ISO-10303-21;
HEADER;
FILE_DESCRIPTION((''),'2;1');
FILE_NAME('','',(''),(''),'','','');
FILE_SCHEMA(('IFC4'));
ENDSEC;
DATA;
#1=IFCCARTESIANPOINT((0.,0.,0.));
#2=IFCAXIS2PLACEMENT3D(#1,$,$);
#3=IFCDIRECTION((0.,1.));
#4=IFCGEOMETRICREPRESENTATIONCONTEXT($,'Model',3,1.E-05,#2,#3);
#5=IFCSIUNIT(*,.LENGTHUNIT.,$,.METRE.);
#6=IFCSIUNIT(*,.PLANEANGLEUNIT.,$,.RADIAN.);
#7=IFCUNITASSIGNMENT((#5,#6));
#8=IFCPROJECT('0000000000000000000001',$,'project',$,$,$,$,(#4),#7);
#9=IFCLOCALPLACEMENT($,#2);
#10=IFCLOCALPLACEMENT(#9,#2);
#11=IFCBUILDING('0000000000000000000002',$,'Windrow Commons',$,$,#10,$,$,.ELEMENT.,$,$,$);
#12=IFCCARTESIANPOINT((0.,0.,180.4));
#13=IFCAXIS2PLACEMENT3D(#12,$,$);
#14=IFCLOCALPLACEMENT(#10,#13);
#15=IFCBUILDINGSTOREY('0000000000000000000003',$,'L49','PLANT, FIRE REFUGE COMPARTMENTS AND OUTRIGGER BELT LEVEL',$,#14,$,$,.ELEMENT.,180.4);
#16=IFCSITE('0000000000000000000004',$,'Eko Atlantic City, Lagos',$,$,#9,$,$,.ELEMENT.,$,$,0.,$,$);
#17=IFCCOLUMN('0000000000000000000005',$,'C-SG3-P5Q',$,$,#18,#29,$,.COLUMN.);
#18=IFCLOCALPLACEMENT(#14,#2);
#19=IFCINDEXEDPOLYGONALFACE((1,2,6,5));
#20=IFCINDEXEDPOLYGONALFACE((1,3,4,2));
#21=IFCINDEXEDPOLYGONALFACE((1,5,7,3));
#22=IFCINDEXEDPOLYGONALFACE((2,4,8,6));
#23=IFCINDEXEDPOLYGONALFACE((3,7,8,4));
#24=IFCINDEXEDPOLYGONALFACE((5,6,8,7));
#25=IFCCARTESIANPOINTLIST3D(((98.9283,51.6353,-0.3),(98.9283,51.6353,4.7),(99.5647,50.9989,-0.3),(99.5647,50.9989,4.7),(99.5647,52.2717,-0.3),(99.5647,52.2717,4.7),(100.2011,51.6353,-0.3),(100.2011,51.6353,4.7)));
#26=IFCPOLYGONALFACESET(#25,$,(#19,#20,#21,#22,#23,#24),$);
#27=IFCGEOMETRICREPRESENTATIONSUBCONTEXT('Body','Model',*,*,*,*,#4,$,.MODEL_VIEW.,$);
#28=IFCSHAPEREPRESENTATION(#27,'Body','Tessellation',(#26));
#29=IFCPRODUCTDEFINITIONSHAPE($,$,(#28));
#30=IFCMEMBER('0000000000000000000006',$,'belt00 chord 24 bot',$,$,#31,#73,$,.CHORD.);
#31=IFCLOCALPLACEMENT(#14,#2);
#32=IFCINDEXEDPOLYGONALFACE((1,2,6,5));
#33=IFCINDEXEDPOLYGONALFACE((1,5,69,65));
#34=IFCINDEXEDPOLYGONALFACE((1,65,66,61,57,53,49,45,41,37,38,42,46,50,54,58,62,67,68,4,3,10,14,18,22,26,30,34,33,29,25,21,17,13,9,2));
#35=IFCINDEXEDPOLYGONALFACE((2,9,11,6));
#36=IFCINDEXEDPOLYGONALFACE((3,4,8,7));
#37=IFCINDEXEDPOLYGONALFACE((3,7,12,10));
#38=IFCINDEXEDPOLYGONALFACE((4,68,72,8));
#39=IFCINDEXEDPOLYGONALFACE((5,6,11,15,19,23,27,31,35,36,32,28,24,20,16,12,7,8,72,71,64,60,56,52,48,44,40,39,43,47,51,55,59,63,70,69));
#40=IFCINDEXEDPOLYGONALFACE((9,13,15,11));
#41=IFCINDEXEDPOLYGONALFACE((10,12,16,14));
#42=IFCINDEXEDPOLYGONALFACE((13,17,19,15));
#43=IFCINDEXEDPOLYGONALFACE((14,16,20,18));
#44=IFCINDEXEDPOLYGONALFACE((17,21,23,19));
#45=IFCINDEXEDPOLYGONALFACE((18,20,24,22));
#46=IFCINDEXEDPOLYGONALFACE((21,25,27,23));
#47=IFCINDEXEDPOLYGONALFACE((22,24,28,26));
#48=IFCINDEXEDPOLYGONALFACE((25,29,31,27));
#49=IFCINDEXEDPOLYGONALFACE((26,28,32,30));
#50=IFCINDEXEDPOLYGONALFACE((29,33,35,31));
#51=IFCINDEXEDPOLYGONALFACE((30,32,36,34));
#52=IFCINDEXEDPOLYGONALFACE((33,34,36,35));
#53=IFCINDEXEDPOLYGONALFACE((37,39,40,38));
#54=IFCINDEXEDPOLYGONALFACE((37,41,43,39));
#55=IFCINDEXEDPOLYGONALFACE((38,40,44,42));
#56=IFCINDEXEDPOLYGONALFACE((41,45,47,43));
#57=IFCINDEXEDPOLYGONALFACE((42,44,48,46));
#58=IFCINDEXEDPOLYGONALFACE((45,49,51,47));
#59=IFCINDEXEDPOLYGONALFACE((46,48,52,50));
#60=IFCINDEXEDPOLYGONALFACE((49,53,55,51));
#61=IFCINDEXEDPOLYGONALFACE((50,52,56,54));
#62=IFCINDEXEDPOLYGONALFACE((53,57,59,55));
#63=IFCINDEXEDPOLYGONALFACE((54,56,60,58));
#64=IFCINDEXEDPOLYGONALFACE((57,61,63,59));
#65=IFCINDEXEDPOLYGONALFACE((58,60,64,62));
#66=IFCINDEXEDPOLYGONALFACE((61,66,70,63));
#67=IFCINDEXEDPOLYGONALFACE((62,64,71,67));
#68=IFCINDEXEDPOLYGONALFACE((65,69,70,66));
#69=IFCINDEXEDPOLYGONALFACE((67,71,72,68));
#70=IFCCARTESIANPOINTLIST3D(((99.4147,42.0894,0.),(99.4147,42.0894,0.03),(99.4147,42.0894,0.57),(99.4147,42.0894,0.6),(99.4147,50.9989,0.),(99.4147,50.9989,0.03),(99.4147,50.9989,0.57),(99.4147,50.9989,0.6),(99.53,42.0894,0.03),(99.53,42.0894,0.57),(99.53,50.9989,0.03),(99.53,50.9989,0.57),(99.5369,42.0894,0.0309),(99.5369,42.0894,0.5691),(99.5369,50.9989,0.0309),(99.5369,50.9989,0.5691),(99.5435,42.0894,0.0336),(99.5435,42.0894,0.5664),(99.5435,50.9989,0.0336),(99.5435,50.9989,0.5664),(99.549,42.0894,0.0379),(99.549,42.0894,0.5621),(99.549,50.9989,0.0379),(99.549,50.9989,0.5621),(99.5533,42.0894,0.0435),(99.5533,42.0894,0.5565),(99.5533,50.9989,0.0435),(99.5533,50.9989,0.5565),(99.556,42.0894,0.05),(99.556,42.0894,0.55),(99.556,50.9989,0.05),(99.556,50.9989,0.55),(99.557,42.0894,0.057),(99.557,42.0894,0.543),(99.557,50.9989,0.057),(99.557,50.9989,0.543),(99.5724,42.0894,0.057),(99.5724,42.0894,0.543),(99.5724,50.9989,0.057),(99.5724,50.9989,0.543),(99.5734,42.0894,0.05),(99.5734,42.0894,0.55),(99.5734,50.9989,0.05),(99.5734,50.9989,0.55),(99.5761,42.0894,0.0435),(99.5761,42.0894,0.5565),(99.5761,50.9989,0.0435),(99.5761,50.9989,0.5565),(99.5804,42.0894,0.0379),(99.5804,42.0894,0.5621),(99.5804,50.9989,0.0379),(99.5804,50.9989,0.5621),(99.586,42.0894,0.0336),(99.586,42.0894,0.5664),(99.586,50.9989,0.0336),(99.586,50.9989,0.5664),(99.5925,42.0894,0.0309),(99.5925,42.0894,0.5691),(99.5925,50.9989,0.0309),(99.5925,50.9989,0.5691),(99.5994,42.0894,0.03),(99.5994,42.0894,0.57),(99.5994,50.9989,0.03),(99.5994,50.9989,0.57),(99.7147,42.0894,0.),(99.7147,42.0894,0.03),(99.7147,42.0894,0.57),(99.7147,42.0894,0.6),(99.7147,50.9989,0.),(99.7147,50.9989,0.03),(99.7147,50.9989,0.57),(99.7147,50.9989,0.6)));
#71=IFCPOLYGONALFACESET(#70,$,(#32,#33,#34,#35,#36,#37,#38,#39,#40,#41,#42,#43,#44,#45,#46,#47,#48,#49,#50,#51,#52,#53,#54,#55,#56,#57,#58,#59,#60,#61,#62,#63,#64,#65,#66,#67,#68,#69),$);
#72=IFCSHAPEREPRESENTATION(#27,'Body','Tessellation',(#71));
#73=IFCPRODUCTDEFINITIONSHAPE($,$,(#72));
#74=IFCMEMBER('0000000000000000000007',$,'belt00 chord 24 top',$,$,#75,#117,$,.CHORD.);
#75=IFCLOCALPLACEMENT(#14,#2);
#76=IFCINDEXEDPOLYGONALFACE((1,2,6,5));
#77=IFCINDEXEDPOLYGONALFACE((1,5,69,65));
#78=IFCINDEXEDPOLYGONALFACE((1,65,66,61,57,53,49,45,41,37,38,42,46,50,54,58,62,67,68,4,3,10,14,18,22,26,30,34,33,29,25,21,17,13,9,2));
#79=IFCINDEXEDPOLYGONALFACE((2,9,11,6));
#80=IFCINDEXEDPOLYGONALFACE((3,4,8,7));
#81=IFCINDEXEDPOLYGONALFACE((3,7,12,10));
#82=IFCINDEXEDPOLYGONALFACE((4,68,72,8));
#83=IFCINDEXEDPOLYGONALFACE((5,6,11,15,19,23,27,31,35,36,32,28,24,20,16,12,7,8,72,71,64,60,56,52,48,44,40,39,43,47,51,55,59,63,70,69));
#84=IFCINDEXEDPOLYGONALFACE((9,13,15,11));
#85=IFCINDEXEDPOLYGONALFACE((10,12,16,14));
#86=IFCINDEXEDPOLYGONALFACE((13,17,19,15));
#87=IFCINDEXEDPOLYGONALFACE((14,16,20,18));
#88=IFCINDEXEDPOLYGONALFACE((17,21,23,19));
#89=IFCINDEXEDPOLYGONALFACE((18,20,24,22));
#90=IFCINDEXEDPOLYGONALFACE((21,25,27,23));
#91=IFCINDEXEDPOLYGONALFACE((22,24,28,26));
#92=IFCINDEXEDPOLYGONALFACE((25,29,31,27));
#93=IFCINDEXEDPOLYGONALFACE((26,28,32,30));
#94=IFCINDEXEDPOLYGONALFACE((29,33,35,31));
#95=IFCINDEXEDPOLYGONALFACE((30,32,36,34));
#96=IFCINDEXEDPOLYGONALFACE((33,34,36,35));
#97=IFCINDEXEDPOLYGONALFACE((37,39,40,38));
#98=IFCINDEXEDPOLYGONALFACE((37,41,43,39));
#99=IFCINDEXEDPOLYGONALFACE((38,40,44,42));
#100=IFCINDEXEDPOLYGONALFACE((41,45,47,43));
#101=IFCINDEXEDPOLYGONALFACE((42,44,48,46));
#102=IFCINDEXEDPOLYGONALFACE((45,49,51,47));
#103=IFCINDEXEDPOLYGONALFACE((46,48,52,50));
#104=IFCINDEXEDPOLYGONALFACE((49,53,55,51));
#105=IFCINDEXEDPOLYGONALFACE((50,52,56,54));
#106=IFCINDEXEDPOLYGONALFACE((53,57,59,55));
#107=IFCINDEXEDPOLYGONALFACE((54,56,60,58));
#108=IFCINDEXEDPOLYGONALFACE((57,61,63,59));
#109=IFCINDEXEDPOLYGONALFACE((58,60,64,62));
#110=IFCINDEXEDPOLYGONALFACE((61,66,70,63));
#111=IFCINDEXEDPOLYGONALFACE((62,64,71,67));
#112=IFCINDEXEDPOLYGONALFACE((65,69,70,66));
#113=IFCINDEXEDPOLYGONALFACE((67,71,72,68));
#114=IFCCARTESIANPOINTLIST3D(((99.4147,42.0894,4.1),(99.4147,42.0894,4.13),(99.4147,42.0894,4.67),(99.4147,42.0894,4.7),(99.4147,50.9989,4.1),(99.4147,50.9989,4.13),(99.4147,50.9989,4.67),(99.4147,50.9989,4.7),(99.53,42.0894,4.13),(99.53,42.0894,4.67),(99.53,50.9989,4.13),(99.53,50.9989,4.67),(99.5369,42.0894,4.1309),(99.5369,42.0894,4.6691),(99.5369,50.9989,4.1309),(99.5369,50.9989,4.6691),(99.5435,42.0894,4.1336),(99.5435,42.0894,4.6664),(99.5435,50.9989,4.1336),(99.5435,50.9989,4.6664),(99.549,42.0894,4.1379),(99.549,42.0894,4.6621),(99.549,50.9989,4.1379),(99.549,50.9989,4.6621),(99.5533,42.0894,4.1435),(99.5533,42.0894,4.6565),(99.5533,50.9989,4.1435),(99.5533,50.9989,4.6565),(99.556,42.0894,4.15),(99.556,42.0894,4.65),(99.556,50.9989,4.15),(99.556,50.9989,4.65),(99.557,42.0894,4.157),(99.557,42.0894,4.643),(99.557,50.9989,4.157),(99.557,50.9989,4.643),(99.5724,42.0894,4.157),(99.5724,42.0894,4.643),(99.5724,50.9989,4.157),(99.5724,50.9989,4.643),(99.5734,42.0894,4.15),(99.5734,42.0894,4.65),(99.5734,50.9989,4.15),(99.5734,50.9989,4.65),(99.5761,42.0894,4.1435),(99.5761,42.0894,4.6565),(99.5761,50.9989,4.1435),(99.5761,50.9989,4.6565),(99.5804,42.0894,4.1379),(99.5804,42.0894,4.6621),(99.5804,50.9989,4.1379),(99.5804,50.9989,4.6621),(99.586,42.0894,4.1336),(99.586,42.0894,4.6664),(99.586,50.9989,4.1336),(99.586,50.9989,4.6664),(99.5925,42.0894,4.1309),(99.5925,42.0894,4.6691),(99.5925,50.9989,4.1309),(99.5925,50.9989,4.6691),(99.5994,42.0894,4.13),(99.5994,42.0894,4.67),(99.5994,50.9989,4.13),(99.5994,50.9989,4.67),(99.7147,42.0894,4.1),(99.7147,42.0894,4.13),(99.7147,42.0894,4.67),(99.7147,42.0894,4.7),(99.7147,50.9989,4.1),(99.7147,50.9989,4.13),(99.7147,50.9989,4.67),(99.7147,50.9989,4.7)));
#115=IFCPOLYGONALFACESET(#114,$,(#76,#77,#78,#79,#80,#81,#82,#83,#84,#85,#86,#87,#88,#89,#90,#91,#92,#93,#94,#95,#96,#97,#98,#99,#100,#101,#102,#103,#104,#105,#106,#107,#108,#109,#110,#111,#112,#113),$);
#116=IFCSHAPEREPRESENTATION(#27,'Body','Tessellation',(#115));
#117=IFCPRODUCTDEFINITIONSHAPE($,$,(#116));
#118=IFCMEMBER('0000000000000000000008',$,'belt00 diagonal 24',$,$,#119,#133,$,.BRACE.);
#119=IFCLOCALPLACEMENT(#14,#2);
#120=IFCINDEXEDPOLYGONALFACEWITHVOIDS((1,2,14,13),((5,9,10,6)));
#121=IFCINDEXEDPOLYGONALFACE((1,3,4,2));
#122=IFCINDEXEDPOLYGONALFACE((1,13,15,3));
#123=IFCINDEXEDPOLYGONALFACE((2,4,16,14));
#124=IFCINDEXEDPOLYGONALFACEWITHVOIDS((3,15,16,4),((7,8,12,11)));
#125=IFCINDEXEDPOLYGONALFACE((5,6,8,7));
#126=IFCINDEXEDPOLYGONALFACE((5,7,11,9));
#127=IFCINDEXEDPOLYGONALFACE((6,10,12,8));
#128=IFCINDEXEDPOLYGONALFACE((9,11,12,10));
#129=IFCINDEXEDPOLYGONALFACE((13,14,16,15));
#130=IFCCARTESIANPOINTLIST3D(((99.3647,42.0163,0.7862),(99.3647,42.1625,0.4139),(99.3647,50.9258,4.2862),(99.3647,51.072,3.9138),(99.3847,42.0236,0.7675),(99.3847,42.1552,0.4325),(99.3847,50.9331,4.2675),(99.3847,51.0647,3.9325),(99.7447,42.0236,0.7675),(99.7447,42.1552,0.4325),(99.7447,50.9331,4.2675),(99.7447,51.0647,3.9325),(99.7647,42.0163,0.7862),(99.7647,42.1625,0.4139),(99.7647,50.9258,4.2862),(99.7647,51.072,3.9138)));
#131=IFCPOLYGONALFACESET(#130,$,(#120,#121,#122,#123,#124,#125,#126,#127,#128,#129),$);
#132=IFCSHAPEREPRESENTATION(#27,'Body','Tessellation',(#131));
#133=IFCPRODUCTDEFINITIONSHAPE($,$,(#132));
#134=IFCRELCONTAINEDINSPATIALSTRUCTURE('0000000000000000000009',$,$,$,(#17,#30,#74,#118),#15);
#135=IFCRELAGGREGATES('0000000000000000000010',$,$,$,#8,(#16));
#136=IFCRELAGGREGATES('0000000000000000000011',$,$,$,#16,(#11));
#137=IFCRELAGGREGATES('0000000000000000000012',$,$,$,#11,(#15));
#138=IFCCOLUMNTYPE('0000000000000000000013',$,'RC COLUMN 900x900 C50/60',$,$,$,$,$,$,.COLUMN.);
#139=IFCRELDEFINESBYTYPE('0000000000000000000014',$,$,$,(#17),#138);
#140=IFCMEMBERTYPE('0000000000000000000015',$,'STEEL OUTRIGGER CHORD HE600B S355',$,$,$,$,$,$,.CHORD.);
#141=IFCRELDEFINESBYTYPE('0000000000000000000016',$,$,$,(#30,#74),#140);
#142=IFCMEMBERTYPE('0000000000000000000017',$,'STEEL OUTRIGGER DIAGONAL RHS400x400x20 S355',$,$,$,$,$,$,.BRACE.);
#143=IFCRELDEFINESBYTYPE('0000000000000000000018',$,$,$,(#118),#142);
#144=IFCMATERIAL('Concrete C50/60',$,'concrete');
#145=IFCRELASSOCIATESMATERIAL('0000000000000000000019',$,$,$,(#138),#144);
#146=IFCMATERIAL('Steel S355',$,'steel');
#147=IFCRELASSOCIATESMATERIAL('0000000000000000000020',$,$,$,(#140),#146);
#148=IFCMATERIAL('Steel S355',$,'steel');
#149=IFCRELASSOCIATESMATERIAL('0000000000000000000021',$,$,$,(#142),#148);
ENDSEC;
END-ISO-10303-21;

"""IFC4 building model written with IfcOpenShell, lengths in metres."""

from ifc_helpers import new_model, si_unit, direction, frame, origin, origin_2d, place, context, subcontext, project, spatial, rectangle, hollow_rectangle, i_section, extrude, material, material_profile, profile_set, type_object, element, save


model = new_model("IFC4")

# Units and contexts
model_context = context("Model", 3, precision=1e-05, world=origin(), true_north=direction((0.0, 1.0)))
body_context = subcontext(model_context, "Body", "Model", "MODEL_VIEW")
ifc_project = project(units=[si_unit("LENGTHUNIT", "METRE"), si_unit("PLANEANGLEUNIT", "RADIAN")], contexts=[model_context])

# Site, building, storey
site_placement = place(None, origin())
site = spatial("IfcSite", under=ifc_project, at=site_placement, Name="Eko Atlantic City, Lagos", CompositionType="ELEMENT", RefElevation=0.0)
building_placement = place(site_placement, origin())
building = spatial("IfcBuilding", under=site, at=building_placement, Name="Windrow Commons", CompositionType="ELEMENT")
storey_placement = place(building_placement, frame((0.0, 0.0, 180.4)))
storey = spatial("IfcBuildingStorey", under=building, at=storey_placement, Name="L49", Description="PLANT, FIRE REFUGE COMPARTMENTS AND OUTRIGGER BELT LEVEL", CompositionType="ELEMENT", Elevation=180.4)

# Column
ifc_material_1 = material(Name="Concrete C50/60", Category="concrete")
ifc_material_profile_1 = material_profile(ifc_material_1, rectangle(XDim=0.9, YDim=0.9, at=origin_2d()))
ifc_profile_set_1 = profile_set([ifc_material_profile_1], Name="Concrete C50/60")
column_type = type_object("IfcColumnType", Name="RC COLUMN 900x900 C50/60", PredefinedType="COLUMN", material=ifc_profile_set_1)
column_placement = place(storey_placement, frame((99.5647, 51.6353, -0.3), z_axis=(0.0, 0.0, 1.0), x_axis=(0.707107, -0.707107, 0.0)))
element("IfcColumn", 1, at=column_placement, inside=storey, type_object=column_type, Name="C-SG3-P5Q", PredefinedType="COLUMN", context=body_context, shape_type="SweptSolid", body=[
    extrude(rectangle(XDim=0.9, YDim=0.9, at=origin_2d()), origin(), (0.0, 0.0, 1.0), 5.0),
])

# Members
ifc_material_2 = material(Name="Steel S355", Category="steel")
ifc_material_profile_2 = material_profile(ifc_material_2, i_section(OverallWidth=0.3, OverallDepth=0.6, WebThickness=0.0155, FlangeThickness=0.03, FilletRadius=0.027, at=origin_2d()))
ifc_profile_set_2 = profile_set([ifc_material_profile_2], Name="Steel S355")
member_type_1 = type_object("IfcMemberType", Name="STEEL OUTRIGGER CHORD HE600B S355", PredefinedType="CHORD", material=ifc_profile_set_2)
for number, where, z_axis, x_axis, name in (
    (2, (99.5647, 50.9989, 0.3), (0.0, -1.0, 0.0), (1.0, 0.0, 0.0), "belt00 chord 24 bot"),
    (3, (99.5647, 50.9989, 4.4), (0.0, -1.0, 0.0), (1.0, 0.0, 0.0), "belt00 chord 24 top"),
):
    element("IfcMember", number, at=place(storey_placement, frame(where, z_axis=z_axis, x_axis=x_axis)), inside=storey, type_object=member_type_1, Name=name, PredefinedType="CHORD", context=body_context, shape_type="SweptSolid", body=[
        extrude(i_section(OverallWidth=0.3, OverallDepth=0.6, WebThickness=0.0155, FlangeThickness=0.03, FilletRadius=0.027, at=origin_2d()), origin(), (0.0, 0.0, 1.0), 8.9095),
    ])
ifc_material_3 = material(Name="Steel S355", Category="steel")
ifc_material_profile_3 = material_profile(ifc_material_3, hollow_rectangle(XDim=0.4, YDim=0.4, WallThickness=0.02, at=origin_2d()))
ifc_profile_set_3 = profile_set([ifc_material_profile_3], Name="Steel S355")
member_type_2 = type_object("IfcMemberType", Name="STEEL OUTRIGGER DIAGONAL RHS400x400x20 S355", PredefinedType="BRACE", material=ifc_profile_set_3)
member_placement = place(storey_placement, frame((99.5647, 50.9989, 4.1), z_axis=(0.0, -0.930757, -0.365638), x_axis=(1.0, 0.0, 0.0)))
element("IfcMember", 4, at=member_placement, inside=storey, type_object=member_type_2, Name="belt00 diagonal 24", PredefinedType="BRACE", context=body_context, shape_type="SweptSolid", body=[
    extrude(hollow_rectangle(XDim=0.4, YDim=0.4, WallThickness=0.02, at=origin_2d()), origin(), (0.0, 0.0, 1.0), 9.5723),
])

save(model, "model.ifc")
